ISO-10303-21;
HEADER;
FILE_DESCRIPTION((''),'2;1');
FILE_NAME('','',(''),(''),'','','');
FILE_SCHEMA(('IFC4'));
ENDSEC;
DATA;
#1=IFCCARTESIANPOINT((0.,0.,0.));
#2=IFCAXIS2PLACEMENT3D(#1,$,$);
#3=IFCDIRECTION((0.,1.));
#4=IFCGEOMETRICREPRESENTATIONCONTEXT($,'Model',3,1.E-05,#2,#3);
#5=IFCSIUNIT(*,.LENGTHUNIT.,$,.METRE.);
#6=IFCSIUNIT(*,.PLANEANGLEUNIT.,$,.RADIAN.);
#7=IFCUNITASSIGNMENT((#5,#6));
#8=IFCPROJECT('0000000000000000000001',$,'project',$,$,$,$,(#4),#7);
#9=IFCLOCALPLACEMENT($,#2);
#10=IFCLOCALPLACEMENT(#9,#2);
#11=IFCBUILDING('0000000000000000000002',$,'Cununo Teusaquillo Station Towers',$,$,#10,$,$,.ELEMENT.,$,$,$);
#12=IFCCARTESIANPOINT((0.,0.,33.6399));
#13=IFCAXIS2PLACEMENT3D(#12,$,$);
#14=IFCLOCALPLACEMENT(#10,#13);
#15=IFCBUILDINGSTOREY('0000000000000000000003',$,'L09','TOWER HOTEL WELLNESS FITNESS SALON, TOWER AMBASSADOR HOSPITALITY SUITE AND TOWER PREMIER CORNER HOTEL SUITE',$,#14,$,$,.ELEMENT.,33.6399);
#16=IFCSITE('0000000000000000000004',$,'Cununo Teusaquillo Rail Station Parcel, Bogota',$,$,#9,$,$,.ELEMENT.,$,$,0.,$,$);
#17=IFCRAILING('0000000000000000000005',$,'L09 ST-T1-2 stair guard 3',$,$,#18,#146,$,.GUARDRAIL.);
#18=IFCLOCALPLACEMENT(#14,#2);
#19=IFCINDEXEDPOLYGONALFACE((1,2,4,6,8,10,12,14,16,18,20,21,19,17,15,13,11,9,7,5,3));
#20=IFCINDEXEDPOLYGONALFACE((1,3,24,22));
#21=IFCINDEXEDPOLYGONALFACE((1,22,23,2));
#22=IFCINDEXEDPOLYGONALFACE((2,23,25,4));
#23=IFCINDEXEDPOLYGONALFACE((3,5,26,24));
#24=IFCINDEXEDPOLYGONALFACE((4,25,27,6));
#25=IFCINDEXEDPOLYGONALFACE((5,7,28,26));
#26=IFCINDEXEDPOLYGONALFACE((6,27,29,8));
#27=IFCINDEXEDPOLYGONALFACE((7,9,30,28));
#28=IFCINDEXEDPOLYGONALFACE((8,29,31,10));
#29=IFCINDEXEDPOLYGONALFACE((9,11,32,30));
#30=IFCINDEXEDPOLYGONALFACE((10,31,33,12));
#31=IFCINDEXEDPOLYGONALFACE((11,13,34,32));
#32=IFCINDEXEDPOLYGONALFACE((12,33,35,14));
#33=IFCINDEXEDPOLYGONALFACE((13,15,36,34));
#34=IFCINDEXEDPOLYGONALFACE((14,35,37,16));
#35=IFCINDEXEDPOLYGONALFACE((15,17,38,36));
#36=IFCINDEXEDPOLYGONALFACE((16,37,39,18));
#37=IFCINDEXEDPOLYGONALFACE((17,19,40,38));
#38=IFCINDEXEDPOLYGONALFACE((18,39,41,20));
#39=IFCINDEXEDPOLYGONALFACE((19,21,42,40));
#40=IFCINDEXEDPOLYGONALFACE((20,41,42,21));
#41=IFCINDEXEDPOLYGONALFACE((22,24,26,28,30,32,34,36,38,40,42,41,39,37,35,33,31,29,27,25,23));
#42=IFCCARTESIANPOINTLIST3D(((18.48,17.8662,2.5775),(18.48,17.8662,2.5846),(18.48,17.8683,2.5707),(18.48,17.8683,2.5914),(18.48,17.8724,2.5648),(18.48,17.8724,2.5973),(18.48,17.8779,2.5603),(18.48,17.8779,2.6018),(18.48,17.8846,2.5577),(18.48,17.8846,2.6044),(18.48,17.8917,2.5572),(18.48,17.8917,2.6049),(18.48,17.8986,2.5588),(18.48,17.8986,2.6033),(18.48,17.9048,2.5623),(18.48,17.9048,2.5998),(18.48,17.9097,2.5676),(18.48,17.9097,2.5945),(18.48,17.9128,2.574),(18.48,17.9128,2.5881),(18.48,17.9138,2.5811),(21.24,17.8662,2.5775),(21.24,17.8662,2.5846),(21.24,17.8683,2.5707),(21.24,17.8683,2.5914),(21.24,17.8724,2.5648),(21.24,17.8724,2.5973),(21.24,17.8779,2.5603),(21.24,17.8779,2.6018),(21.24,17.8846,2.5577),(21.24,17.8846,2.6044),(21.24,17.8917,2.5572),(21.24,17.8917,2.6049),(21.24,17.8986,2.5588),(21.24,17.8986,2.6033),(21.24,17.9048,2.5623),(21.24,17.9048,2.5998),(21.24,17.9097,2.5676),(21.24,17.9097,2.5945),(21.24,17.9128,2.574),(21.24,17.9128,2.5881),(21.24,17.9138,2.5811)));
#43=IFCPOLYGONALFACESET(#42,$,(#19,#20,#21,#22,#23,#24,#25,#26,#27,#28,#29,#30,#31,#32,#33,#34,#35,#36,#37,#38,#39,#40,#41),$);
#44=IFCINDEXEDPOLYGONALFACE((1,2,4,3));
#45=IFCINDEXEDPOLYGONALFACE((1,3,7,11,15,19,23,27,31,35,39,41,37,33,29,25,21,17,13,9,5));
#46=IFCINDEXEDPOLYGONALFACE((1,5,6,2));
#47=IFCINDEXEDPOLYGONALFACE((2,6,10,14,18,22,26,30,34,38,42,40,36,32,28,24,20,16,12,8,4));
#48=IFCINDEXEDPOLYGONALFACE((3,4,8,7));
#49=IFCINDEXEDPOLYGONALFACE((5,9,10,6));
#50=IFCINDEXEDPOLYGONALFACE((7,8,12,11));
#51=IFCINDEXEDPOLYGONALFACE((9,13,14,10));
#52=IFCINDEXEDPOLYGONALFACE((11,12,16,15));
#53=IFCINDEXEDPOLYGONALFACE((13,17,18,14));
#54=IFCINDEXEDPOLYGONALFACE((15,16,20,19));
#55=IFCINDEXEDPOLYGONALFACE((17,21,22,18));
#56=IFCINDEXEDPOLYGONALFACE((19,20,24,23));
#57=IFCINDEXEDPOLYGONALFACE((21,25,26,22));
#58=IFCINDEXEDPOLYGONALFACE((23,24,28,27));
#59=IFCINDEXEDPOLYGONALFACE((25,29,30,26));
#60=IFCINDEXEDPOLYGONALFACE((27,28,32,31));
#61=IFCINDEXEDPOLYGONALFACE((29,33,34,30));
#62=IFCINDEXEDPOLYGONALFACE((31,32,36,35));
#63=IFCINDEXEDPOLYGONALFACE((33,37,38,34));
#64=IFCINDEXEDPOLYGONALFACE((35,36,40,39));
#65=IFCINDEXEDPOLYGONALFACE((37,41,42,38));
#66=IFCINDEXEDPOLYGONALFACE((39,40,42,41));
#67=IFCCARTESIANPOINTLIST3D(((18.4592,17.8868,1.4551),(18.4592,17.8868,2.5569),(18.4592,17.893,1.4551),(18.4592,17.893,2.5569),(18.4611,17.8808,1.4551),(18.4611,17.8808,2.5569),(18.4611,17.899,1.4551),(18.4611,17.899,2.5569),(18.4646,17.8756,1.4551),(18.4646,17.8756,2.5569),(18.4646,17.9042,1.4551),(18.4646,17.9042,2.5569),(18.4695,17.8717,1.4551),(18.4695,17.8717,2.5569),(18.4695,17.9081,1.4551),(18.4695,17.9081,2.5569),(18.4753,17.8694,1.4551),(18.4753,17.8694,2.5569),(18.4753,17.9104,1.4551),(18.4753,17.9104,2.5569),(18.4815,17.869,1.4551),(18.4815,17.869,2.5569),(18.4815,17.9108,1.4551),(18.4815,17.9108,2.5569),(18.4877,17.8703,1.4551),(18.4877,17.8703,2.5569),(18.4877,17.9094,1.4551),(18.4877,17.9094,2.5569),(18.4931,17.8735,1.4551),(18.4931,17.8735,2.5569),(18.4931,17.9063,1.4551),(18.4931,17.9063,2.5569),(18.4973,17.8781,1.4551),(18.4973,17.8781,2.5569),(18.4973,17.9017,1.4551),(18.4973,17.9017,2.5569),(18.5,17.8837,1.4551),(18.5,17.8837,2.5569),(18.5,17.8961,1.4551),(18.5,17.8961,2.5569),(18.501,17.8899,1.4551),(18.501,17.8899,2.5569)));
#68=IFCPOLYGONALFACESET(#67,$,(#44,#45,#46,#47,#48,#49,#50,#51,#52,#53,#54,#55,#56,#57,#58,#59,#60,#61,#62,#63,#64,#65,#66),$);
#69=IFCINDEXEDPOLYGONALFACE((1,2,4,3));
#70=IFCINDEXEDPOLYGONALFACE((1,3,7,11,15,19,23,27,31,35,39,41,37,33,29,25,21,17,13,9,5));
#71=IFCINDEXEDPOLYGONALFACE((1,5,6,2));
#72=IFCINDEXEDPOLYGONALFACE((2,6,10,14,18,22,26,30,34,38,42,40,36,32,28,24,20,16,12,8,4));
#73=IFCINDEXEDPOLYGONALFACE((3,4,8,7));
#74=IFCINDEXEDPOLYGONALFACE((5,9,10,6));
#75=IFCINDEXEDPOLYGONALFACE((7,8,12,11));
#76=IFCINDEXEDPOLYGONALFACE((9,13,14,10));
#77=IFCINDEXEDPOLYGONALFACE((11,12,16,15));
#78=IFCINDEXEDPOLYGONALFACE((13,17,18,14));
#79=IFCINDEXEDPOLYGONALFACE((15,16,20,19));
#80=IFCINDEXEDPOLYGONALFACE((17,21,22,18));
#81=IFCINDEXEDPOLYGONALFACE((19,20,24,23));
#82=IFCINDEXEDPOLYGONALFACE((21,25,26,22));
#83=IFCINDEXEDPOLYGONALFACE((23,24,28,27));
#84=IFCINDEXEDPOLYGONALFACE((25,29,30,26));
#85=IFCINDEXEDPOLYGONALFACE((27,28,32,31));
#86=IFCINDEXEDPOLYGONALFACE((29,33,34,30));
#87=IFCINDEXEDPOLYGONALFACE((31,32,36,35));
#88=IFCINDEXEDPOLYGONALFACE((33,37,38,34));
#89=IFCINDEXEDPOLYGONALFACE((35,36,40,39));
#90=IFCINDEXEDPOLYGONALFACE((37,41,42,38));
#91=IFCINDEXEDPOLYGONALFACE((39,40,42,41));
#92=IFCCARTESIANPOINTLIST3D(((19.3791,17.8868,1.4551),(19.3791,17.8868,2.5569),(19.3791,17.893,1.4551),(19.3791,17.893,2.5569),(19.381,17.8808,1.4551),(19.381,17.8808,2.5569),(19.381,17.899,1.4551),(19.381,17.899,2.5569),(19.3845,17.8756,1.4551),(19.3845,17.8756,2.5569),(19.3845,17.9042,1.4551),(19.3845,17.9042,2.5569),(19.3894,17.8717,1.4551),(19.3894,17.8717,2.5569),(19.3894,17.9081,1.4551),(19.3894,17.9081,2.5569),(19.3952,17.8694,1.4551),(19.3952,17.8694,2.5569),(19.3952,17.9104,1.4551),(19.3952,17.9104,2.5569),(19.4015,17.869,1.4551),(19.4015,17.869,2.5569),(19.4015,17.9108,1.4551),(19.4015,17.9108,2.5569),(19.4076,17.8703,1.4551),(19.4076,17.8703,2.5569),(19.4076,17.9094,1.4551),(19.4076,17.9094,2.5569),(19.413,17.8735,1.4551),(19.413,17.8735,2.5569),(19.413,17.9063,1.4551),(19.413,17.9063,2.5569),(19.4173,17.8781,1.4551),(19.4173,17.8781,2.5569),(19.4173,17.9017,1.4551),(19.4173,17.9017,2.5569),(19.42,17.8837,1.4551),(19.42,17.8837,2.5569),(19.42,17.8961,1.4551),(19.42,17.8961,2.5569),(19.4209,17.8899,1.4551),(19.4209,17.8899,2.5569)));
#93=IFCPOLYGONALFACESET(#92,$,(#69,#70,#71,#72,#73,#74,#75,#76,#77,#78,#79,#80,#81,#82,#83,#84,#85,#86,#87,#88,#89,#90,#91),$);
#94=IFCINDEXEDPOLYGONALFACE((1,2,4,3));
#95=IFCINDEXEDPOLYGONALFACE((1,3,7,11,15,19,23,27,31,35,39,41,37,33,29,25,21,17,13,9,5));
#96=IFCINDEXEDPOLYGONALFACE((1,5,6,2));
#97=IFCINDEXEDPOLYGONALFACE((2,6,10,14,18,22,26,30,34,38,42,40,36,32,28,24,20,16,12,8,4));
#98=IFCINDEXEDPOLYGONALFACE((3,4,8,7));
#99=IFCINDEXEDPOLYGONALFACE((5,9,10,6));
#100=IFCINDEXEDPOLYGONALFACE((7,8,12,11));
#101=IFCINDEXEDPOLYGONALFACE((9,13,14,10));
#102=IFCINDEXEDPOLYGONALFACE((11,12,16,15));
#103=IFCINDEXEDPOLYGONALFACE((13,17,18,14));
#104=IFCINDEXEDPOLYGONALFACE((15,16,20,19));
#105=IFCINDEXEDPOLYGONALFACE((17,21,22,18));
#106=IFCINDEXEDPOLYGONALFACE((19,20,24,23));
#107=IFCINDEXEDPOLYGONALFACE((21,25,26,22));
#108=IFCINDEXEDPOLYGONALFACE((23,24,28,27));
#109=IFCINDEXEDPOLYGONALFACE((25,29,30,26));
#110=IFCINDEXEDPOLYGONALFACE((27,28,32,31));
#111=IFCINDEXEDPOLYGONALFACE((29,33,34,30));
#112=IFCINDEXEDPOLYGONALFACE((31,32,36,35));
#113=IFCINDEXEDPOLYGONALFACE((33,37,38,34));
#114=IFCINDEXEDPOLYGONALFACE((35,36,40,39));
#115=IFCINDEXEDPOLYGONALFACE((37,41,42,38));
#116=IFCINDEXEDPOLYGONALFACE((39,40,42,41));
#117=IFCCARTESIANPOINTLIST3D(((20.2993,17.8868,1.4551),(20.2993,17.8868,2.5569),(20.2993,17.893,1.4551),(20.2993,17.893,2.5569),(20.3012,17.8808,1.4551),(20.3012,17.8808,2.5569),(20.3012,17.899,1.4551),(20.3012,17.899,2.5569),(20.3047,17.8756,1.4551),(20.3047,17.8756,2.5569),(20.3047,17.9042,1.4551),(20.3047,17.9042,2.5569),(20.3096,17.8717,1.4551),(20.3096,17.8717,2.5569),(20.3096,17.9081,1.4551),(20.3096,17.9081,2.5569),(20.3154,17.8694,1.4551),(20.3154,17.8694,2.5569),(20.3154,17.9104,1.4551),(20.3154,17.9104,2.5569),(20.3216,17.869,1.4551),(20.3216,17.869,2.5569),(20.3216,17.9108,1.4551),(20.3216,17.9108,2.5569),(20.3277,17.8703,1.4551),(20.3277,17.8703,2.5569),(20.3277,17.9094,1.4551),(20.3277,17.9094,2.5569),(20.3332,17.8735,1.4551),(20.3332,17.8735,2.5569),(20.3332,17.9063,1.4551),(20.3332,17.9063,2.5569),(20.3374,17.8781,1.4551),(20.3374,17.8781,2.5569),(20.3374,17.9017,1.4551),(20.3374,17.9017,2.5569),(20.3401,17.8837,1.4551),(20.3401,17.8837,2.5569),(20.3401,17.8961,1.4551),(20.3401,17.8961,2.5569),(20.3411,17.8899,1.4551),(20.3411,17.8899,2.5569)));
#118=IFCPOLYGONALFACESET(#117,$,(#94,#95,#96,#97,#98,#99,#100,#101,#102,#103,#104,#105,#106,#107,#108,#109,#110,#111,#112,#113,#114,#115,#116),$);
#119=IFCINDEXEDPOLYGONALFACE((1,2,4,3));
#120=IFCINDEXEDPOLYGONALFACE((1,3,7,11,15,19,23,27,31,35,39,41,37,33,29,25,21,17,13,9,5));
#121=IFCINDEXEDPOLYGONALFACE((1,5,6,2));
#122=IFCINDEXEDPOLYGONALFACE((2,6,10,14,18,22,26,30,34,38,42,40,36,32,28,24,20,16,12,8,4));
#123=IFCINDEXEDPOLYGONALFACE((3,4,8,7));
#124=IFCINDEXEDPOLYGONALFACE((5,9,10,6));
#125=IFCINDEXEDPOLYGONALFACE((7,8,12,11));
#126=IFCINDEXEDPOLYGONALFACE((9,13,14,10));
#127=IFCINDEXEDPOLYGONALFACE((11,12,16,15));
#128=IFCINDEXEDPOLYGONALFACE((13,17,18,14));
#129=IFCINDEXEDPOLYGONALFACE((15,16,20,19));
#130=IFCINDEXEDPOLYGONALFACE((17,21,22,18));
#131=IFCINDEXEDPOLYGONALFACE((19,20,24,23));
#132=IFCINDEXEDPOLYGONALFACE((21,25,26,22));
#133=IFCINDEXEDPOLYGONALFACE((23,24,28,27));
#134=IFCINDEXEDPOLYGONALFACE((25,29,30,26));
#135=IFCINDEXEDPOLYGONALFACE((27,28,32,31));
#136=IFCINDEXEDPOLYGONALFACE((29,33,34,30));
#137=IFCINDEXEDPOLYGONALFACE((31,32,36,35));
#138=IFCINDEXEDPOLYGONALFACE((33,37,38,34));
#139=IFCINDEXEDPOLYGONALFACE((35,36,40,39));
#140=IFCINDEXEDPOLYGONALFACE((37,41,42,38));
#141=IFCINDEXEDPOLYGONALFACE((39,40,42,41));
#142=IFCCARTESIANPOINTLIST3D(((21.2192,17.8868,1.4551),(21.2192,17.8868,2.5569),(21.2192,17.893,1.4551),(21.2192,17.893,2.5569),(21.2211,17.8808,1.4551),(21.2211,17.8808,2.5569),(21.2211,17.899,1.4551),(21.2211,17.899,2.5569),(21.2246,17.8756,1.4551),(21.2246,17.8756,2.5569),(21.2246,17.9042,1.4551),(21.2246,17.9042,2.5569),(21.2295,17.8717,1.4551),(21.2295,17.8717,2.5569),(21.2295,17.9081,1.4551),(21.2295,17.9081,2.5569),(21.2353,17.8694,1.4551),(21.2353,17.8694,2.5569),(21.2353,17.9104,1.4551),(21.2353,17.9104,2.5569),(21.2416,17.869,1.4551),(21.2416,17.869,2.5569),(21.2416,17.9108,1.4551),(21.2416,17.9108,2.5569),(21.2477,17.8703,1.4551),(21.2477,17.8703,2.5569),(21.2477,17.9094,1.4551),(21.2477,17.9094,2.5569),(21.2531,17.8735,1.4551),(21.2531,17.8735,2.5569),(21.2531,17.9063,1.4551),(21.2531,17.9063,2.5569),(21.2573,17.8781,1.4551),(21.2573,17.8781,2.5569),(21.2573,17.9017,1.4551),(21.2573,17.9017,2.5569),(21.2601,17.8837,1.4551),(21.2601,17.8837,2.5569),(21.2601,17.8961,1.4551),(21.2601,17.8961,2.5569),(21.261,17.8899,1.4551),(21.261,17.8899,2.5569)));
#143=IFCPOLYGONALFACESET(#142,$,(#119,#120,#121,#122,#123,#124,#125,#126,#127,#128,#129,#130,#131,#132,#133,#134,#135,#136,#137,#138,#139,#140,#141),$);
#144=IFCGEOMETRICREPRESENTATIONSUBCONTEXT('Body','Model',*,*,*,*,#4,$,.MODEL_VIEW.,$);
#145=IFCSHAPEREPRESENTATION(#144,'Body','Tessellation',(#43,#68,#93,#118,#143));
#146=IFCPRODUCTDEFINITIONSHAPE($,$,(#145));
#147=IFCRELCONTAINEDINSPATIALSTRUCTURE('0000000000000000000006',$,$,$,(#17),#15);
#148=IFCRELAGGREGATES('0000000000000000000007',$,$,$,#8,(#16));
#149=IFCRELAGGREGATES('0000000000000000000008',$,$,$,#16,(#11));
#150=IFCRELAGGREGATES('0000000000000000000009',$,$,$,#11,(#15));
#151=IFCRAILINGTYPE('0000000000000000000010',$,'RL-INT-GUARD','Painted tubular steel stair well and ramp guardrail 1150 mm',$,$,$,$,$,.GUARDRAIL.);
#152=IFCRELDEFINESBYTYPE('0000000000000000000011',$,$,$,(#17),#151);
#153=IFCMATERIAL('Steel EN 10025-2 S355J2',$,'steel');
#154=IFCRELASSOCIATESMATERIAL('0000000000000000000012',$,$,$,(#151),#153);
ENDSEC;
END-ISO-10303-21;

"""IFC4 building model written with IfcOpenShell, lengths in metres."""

from ifc_helpers import new_model, si_unit, direction, frame, origin, origin_2d, place, context, subcontext, project, spatial, circle, extrude, material, type_object, element, save


model = new_model("IFC4")

# Units and contexts
model_context = context("Model", 3, precision=1e-05, world=origin(), true_north=direction((0.0, 1.0)))
body_context = subcontext(model_context, "Body", "Model", "MODEL_VIEW")
ifc_project = project(units=[si_unit("LENGTHUNIT", "METRE"), si_unit("PLANEANGLEUNIT", "RADIAN")], contexts=[model_context])

# Site, building, storey
site_placement = place(None, origin())
site = spatial("IfcSite", under=ifc_project, at=site_placement, Name="Cununo Teusaquillo Rail Station Parcel, Bogota", CompositionType="ELEMENT", RefElevation=0.0)
building_placement = place(site_placement, origin())
building = spatial("IfcBuilding", under=site, at=building_placement, Name="Cununo Teusaquillo Station Towers", CompositionType="ELEMENT")
storey_placement = place(building_placement, frame((0.0, 0.0, 33.6399)))
storey = spatial("IfcBuildingStorey", under=building, at=storey_placement, Name="L09", Description="TOWER HOTEL WELLNESS FITNESS SALON, TOWER AMBASSADOR HOSPITALITY SUITE AND TOWER PREMIER CORNER HOTEL SUITE", CompositionType="ELEMENT", Elevation=33.6399)

# Railing
ifc_material_1 = material(Name="Steel EN 10025-2 S355J2", Category="steel")
railing_type_1 = type_object("IfcRailingType", Name="RL-INT-GUARD", Description="Painted tubular steel stair well and ramp guardrail 1150 mm", PredefinedType="GUARDRAIL", material=ifc_material_1)
railing_1_placement = place(storey_placement, frame((18.48, 17.8899, 1.4551)))
element("IfcRailing", 1, at=railing_1_placement, inside=storey, type_object=railing_type_1, Name="L09 ST-T1-2 stair guard 3", PredefinedType="GUARDRAIL", context=body_context, shape_type="SweptSolid", body=[
    extrude(circle(Radius=0.0239, at=origin_2d()), frame((0.0, 0.0, 1.126), z_axis=(1.0, 0.0, 0.0), x_axis=(0.0, 1.0, 0.0)), (0.0, 0.0, 1.0), 2.76),
    extrude(circle(Radius=0.021, at=origin_2d()), origin(), (0.0, 0.0, 1.0), 1.1018),
    extrude(circle(Radius=0.021, at=origin_2d()), frame((0.9199, 0.0, 0.0)), (0.0, 0.0, 1.0), 1.1018),
    extrude(circle(Radius=0.021, at=origin_2d()), frame((1.8401, 0.0, 0.0)), (0.0, 0.0, 1.0), 1.1018),
    extrude(circle(Radius=0.021, at=origin_2d()), frame((2.76, 0.0, 0.0)), (0.0, 0.0, 1.0), 1.1018),
])

save(model, "model.ifc")
